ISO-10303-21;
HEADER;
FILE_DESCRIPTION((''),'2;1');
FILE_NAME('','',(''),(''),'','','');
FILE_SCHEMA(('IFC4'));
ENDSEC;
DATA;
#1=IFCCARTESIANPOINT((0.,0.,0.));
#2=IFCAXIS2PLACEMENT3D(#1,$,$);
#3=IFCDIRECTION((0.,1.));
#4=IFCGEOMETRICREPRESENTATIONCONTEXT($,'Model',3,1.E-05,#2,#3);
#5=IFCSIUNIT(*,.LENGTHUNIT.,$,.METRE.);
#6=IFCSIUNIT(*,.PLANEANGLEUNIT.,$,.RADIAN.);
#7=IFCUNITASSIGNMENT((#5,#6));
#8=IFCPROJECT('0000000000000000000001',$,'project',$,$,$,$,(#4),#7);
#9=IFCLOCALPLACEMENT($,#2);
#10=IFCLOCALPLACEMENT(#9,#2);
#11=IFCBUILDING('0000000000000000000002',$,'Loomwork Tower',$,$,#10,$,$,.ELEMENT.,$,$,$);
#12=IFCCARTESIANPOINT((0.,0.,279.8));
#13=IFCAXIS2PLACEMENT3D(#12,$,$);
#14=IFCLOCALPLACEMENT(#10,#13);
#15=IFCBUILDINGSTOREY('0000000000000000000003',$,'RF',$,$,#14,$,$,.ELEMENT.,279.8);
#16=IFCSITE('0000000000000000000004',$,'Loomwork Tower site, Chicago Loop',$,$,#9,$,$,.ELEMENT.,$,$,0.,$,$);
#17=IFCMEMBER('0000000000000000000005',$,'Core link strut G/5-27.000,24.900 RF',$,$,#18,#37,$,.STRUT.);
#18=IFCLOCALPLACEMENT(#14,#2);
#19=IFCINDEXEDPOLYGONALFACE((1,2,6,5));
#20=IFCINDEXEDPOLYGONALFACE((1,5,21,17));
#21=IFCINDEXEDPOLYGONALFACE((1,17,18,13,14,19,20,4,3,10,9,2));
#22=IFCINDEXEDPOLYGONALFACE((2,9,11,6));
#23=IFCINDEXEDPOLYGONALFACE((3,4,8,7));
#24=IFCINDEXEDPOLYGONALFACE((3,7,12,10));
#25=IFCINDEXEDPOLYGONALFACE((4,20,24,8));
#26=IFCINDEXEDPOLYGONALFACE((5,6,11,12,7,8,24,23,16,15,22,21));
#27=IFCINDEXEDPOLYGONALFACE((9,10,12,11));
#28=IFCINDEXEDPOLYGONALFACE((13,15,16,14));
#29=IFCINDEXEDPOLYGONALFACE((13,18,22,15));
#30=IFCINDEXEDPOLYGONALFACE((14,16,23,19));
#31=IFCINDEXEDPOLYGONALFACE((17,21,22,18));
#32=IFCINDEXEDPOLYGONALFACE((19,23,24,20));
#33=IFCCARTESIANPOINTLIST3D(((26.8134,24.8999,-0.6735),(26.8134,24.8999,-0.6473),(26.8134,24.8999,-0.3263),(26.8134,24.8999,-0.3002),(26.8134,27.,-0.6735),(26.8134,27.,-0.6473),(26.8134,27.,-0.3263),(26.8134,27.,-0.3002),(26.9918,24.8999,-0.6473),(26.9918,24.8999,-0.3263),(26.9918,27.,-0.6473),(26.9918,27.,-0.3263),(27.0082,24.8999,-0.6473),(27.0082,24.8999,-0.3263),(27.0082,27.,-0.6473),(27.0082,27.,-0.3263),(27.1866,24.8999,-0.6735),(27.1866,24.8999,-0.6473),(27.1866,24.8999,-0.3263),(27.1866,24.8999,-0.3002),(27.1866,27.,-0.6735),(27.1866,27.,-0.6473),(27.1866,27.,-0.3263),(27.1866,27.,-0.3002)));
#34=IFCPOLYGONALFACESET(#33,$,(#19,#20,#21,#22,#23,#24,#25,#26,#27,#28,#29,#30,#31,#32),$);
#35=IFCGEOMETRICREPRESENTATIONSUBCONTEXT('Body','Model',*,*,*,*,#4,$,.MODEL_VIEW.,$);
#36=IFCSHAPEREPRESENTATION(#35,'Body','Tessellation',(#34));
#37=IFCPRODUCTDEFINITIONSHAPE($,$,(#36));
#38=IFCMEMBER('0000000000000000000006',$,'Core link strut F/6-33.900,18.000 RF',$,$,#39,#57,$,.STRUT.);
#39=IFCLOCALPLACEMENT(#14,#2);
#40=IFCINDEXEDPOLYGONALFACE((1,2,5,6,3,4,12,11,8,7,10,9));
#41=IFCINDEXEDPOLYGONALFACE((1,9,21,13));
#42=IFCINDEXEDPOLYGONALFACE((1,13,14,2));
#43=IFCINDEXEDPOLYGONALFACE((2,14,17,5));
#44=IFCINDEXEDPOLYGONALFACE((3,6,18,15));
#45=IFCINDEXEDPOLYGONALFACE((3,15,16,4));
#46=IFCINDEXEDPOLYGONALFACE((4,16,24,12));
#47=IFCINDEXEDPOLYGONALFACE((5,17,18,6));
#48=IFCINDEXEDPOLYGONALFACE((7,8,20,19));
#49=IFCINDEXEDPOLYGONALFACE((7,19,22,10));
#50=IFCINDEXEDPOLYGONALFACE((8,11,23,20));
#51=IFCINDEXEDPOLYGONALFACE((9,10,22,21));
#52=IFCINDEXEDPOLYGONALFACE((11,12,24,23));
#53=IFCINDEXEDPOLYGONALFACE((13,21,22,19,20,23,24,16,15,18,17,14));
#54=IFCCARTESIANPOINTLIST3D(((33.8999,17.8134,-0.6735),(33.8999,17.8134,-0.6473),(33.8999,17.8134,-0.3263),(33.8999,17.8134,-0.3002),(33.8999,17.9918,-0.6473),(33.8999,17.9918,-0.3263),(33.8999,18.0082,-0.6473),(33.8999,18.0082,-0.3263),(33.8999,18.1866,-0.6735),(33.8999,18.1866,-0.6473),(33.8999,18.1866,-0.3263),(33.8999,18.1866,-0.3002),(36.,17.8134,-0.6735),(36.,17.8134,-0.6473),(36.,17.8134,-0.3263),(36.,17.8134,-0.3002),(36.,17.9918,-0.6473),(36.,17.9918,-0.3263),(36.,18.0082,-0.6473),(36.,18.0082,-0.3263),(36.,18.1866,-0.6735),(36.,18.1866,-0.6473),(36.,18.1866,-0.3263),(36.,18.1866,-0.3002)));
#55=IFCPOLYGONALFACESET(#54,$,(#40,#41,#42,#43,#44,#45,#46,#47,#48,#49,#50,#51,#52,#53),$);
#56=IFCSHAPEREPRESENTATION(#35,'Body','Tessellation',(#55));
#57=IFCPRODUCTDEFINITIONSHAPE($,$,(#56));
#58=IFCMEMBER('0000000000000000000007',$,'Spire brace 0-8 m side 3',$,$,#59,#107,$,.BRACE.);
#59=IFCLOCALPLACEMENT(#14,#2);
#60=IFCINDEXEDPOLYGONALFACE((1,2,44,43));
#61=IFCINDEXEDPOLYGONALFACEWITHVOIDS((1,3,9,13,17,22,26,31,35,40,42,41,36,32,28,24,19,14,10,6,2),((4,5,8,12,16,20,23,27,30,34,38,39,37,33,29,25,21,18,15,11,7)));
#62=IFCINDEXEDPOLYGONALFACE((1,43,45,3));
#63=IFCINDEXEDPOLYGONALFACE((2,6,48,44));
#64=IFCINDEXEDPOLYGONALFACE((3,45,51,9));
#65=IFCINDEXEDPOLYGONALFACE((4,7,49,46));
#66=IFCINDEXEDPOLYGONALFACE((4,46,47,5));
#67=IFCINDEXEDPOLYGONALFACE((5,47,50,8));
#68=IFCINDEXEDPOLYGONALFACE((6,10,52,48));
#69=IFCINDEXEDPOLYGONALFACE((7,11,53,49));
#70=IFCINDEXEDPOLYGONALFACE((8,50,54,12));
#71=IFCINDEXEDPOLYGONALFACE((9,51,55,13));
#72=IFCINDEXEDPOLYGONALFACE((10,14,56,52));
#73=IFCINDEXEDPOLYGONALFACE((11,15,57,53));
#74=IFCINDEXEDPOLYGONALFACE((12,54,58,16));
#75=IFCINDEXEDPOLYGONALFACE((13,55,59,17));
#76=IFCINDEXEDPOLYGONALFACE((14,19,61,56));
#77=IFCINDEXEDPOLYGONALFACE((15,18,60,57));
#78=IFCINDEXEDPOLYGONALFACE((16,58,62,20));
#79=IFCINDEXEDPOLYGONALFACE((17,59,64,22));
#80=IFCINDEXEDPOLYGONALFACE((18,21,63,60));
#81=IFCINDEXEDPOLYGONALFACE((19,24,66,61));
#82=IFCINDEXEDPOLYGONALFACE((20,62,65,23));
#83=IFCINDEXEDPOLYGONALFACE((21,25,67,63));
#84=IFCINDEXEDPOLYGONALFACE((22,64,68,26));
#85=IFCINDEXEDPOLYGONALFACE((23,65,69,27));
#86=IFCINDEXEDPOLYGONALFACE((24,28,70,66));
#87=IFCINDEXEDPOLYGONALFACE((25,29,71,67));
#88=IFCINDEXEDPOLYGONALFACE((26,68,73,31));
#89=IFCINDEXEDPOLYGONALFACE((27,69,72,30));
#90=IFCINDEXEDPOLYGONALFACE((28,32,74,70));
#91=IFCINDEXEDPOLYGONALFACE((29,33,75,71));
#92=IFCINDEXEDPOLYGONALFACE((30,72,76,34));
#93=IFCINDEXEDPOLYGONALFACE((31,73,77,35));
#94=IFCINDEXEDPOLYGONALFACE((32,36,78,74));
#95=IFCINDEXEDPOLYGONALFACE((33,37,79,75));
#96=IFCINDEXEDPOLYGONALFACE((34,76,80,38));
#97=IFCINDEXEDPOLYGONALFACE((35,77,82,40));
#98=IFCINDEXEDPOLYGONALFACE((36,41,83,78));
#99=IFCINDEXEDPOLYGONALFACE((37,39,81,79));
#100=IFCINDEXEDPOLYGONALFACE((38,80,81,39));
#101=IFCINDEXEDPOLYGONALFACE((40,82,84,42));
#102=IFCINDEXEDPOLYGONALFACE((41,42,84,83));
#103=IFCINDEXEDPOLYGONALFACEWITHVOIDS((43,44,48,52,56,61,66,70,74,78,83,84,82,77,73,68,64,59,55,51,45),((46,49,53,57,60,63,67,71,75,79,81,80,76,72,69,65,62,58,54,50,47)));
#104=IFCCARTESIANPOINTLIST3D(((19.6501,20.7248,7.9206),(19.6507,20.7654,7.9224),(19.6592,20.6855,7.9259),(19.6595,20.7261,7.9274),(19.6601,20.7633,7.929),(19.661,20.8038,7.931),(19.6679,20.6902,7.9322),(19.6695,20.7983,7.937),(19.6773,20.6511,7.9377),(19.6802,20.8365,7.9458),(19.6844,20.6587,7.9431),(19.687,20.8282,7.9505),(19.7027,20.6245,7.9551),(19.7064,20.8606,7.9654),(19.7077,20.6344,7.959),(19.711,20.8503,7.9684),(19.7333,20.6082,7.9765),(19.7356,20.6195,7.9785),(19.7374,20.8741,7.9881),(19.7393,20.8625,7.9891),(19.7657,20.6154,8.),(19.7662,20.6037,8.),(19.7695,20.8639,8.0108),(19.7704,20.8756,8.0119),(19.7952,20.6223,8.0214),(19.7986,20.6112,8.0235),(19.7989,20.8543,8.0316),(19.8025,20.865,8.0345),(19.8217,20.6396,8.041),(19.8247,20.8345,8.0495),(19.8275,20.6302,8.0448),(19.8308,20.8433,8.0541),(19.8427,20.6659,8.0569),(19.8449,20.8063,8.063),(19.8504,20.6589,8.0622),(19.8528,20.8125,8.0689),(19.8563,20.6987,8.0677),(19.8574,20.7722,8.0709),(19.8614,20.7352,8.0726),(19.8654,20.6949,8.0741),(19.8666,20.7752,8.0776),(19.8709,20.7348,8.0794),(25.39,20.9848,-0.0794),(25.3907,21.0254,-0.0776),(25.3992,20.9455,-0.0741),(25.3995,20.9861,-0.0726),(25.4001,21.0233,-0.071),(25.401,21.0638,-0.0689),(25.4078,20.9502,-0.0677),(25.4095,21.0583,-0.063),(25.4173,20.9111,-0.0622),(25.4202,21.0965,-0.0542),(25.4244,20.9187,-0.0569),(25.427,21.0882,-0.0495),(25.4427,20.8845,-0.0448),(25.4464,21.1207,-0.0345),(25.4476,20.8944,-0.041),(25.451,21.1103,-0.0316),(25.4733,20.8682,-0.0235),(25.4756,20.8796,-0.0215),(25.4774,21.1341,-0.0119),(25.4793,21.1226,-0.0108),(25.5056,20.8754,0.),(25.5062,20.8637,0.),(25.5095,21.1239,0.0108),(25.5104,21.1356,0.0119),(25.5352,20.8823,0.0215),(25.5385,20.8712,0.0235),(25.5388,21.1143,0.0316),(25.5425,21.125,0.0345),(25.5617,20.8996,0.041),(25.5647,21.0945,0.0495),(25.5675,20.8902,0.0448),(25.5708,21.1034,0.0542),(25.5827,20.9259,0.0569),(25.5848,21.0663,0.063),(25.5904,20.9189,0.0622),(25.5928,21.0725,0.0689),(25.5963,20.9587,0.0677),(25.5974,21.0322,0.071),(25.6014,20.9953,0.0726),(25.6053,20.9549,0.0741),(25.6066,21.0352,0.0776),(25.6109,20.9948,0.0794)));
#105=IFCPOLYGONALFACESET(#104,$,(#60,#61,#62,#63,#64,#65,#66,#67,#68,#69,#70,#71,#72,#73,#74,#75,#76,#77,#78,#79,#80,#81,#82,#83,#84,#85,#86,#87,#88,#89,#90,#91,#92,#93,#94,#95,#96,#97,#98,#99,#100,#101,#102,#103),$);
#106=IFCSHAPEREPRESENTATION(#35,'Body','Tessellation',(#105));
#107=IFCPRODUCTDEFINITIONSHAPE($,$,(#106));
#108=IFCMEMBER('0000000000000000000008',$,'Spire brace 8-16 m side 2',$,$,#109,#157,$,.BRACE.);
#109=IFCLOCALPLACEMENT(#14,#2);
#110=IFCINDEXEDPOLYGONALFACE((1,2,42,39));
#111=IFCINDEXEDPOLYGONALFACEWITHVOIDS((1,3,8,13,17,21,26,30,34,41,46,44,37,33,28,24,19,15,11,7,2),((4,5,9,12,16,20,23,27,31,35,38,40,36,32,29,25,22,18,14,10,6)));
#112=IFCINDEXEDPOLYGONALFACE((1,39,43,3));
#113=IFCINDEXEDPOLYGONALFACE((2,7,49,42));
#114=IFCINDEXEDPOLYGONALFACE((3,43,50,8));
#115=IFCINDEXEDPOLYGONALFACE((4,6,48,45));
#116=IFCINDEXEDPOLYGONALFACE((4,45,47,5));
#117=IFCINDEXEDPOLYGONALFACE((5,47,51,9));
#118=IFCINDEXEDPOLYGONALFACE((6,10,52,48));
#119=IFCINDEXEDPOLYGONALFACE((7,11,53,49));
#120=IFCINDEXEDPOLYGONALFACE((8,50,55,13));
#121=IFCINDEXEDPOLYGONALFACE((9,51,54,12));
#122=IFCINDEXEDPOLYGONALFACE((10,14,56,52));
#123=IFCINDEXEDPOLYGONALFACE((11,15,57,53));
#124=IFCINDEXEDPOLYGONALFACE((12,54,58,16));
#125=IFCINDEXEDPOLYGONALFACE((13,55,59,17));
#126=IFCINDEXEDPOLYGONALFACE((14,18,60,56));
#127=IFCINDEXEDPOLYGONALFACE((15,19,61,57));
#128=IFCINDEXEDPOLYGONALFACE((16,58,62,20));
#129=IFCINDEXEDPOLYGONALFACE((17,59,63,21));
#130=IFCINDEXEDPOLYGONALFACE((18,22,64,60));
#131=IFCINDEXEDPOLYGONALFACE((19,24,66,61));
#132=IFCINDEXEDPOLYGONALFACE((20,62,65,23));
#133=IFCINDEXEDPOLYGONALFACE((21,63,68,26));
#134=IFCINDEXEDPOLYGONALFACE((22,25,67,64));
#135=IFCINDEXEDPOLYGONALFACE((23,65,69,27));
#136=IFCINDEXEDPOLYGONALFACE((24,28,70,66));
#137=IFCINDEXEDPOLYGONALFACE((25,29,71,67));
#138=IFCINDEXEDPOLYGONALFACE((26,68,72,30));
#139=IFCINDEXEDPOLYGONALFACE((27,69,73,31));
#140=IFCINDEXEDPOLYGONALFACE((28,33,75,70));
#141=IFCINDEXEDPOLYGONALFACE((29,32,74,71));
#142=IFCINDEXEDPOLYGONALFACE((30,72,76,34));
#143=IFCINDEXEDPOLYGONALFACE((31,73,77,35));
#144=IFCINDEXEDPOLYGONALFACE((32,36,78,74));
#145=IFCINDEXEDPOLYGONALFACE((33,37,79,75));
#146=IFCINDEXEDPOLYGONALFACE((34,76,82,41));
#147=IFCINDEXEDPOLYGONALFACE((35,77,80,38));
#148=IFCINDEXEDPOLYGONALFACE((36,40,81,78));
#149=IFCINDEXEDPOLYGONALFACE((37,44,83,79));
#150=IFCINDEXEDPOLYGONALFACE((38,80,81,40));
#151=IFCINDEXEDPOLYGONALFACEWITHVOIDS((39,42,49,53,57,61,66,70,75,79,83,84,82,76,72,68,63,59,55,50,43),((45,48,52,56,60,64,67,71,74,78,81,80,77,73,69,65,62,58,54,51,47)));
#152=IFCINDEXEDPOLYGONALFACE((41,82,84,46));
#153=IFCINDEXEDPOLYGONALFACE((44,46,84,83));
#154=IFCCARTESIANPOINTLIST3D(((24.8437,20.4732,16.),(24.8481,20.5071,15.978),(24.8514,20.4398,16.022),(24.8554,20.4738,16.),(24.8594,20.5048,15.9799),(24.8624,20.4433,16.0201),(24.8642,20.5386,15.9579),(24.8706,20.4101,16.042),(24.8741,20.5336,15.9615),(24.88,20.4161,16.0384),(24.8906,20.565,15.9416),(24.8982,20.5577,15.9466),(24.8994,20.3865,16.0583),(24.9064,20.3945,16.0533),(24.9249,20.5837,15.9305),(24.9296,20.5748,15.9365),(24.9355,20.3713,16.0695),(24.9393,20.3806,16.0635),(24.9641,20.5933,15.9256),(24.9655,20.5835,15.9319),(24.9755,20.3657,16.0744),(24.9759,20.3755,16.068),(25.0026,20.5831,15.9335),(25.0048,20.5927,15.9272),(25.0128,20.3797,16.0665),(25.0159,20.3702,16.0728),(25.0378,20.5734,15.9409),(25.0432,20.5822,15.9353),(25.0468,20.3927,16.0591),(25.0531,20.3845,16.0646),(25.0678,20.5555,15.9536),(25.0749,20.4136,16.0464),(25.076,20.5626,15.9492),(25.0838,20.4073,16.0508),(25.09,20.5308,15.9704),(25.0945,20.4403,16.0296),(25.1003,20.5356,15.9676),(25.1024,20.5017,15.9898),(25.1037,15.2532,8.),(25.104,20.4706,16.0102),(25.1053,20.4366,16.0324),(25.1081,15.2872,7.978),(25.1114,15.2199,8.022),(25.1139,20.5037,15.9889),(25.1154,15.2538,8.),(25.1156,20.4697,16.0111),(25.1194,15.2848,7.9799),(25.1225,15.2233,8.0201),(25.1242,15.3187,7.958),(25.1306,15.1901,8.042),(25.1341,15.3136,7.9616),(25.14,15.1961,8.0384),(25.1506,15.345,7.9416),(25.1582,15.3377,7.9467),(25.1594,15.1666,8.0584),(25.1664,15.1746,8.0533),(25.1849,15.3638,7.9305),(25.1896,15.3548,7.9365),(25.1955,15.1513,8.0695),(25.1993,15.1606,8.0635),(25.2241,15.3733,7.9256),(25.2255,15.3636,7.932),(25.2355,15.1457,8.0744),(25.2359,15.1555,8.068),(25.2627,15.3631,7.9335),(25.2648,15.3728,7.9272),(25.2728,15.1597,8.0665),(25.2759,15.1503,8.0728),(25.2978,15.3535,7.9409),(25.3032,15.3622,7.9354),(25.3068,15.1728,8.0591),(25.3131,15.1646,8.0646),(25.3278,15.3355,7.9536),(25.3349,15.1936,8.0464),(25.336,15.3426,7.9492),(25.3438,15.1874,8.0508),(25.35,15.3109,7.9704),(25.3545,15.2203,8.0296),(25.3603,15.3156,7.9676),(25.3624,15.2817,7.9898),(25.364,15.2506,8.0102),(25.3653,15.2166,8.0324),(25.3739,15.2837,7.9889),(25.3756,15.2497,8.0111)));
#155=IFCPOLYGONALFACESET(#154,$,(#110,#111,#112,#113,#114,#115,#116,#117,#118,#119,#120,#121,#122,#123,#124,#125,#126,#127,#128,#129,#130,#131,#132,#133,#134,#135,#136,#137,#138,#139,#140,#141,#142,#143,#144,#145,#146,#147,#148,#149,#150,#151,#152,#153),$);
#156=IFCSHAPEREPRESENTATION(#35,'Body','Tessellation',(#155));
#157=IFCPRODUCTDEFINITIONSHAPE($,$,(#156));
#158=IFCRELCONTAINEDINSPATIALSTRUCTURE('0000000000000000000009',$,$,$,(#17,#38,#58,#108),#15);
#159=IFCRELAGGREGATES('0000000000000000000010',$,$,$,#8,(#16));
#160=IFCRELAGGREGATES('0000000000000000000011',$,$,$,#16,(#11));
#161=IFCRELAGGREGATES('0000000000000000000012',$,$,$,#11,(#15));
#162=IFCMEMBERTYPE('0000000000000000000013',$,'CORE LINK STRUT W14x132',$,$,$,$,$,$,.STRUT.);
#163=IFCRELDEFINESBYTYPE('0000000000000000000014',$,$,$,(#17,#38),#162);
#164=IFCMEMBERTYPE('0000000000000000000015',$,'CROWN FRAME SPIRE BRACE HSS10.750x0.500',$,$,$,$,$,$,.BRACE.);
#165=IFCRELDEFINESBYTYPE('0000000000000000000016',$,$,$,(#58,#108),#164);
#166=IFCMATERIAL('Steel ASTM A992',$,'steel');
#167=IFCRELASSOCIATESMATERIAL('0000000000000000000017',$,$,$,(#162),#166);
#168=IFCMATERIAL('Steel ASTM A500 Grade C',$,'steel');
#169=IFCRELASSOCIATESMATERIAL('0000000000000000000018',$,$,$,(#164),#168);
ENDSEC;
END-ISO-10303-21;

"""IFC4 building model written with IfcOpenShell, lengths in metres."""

from ifc_helpers import new_model, si_unit, direction, frame, origin, origin_2d, place, context, subcontext, project, spatial, hollow_circle, i_section, extrude, material, material_profile, profile_set, type_object, element, save


model = new_model("IFC4")

# Units and contexts
model_context = context("Model", 3, precision=1e-05, world=origin(), true_north=direction((0.0, 1.0)))
body_context = subcontext(model_context, "Body", "Model", "MODEL_VIEW")
ifc_project = project(units=[si_unit("LENGTHUNIT", "METRE"), si_unit("PLANEANGLEUNIT", "RADIAN")], contexts=[model_context])

# Site, building, storey
site_placement = place(None, origin())
site = spatial("IfcSite", under=ifc_project, at=site_placement, Name="Loomwork Tower site, Chicago Loop", CompositionType="ELEMENT", RefElevation=0.0)
building_placement = place(site_placement, origin())
building = spatial("IfcBuilding", under=site, at=building_placement, Name="Loomwork Tower", CompositionType="ELEMENT")
storey_placement = place(building_placement, frame((0.0, 0.0, 279.8)))
storey = spatial("IfcBuildingStorey", under=building, at=storey_placement, Name="RF", CompositionType="ELEMENT", Elevation=279.8)

# Members
ifc_material_1 = material(Name="Steel ASTM A992", Category="steel")
ifc_material_profile_1 = material_profile(ifc_material_1, i_section(OverallWidth=0.3733, OverallDepth=0.3733, WebThickness=0.0164, FlangeThickness=0.0261, at=origin_2d()), Name="W14x132")
ifc_profile_set_1 = profile_set([ifc_material_profile_1], Name="Steel ASTM A992")
member_type_1 = type_object("IfcMemberType", Name="CORE LINK STRUT W14x132", PredefinedType="STRUT", material=ifc_profile_set_1)
for number, where, z_axis, x_axis, name in (
    (1, (27.0, 27.0, -0.4868), (0.0, -1.0, 0.0), (1.0, 0.0, 0.0), "Core link strut G/5-27.000,24.900 RF"),
    (2, (36.0, 18.0, -0.4868), (-1.0, 0.0, 0.0), (0.0, -1.0, 0.0), "Core link strut F/6-33.900,18.000 RF"),
):
    element("IfcMember", number, at=place(storey_placement, frame(where, z_axis=z_axis, x_axis=x_axis)), inside=storey, type_object=member_type_1, Name=name, PredefinedType="STRUT", context=body_context, shape_type="SweptSolid", body=[
        extrude(i_section(OverallWidth=0.3733, OverallDepth=0.3733, WebThickness=0.0164, FlangeThickness=0.0261, at=origin_2d()), origin(), (0.0, 0.0, 1.0), 2.1001),
    ])
ifc_material_2 = material(Name="Steel ASTM A500 Grade C", Category="steel")
ifc_material_profile_2 = material_profile(ifc_material_2, hollow_circle(Radius=0.1365, WallThickness=0.0117, at=origin_2d()), Name="HSS10.750x0.500")
ifc_profile_set_2 = profile_set([ifc_material_profile_2], Name="Steel ASTM A500 Grade C")
member_type_2 = type_object("IfcMemberType", Name="CROWN FRAME SPIRE BRACE HSS10.750x0.500", PredefinedType="BRACE", material=ifc_profile_set_2)
member_1_placement = place(storey_placement, frame((25.5, 21.0, 0.0), z_axis=(-0.582762, -0.026398, 0.812214), x_axis=(0.045252, -0.998976, 0.0)))
element("IfcMember", 3, at=member_1_placement, inside=storey, type_object=member_type_2, Name="Spire brace 0-8 m side 3", PredefinedType="BRACE", context=body_context, shape_type="SweptSolid", body=[
    extrude(hollow_circle(Radius=0.1365, WallThickness=0.0117, at=origin_2d()), origin(), (0.0, 0.0, 1.0), 9.8496),
])
for number, where, z_axis, x_axis, name in (
    (4, (25.24, 15.26, 8.0), (-0.027209, 0.546255, 0.837177), (-0.998762, -0.049749, 0.0), "Spire brace 8-16 m side 2"),
):
    element("IfcMember", number, at=place(storey_placement, frame(where, z_axis=z_axis, x_axis=x_axis)), inside=storey, type_object=member_type_2, Name=name, PredefinedType="BRACE", context=body_context, shape_type="SweptSolid", body=[
        extrude(hollow_circle(Radius=0.1365, WallThickness=0.0117, at=origin_2d()), origin(), (0.0, 0.0, 1.0), 9.5559),
    ])

save(model, "model.ifc")
